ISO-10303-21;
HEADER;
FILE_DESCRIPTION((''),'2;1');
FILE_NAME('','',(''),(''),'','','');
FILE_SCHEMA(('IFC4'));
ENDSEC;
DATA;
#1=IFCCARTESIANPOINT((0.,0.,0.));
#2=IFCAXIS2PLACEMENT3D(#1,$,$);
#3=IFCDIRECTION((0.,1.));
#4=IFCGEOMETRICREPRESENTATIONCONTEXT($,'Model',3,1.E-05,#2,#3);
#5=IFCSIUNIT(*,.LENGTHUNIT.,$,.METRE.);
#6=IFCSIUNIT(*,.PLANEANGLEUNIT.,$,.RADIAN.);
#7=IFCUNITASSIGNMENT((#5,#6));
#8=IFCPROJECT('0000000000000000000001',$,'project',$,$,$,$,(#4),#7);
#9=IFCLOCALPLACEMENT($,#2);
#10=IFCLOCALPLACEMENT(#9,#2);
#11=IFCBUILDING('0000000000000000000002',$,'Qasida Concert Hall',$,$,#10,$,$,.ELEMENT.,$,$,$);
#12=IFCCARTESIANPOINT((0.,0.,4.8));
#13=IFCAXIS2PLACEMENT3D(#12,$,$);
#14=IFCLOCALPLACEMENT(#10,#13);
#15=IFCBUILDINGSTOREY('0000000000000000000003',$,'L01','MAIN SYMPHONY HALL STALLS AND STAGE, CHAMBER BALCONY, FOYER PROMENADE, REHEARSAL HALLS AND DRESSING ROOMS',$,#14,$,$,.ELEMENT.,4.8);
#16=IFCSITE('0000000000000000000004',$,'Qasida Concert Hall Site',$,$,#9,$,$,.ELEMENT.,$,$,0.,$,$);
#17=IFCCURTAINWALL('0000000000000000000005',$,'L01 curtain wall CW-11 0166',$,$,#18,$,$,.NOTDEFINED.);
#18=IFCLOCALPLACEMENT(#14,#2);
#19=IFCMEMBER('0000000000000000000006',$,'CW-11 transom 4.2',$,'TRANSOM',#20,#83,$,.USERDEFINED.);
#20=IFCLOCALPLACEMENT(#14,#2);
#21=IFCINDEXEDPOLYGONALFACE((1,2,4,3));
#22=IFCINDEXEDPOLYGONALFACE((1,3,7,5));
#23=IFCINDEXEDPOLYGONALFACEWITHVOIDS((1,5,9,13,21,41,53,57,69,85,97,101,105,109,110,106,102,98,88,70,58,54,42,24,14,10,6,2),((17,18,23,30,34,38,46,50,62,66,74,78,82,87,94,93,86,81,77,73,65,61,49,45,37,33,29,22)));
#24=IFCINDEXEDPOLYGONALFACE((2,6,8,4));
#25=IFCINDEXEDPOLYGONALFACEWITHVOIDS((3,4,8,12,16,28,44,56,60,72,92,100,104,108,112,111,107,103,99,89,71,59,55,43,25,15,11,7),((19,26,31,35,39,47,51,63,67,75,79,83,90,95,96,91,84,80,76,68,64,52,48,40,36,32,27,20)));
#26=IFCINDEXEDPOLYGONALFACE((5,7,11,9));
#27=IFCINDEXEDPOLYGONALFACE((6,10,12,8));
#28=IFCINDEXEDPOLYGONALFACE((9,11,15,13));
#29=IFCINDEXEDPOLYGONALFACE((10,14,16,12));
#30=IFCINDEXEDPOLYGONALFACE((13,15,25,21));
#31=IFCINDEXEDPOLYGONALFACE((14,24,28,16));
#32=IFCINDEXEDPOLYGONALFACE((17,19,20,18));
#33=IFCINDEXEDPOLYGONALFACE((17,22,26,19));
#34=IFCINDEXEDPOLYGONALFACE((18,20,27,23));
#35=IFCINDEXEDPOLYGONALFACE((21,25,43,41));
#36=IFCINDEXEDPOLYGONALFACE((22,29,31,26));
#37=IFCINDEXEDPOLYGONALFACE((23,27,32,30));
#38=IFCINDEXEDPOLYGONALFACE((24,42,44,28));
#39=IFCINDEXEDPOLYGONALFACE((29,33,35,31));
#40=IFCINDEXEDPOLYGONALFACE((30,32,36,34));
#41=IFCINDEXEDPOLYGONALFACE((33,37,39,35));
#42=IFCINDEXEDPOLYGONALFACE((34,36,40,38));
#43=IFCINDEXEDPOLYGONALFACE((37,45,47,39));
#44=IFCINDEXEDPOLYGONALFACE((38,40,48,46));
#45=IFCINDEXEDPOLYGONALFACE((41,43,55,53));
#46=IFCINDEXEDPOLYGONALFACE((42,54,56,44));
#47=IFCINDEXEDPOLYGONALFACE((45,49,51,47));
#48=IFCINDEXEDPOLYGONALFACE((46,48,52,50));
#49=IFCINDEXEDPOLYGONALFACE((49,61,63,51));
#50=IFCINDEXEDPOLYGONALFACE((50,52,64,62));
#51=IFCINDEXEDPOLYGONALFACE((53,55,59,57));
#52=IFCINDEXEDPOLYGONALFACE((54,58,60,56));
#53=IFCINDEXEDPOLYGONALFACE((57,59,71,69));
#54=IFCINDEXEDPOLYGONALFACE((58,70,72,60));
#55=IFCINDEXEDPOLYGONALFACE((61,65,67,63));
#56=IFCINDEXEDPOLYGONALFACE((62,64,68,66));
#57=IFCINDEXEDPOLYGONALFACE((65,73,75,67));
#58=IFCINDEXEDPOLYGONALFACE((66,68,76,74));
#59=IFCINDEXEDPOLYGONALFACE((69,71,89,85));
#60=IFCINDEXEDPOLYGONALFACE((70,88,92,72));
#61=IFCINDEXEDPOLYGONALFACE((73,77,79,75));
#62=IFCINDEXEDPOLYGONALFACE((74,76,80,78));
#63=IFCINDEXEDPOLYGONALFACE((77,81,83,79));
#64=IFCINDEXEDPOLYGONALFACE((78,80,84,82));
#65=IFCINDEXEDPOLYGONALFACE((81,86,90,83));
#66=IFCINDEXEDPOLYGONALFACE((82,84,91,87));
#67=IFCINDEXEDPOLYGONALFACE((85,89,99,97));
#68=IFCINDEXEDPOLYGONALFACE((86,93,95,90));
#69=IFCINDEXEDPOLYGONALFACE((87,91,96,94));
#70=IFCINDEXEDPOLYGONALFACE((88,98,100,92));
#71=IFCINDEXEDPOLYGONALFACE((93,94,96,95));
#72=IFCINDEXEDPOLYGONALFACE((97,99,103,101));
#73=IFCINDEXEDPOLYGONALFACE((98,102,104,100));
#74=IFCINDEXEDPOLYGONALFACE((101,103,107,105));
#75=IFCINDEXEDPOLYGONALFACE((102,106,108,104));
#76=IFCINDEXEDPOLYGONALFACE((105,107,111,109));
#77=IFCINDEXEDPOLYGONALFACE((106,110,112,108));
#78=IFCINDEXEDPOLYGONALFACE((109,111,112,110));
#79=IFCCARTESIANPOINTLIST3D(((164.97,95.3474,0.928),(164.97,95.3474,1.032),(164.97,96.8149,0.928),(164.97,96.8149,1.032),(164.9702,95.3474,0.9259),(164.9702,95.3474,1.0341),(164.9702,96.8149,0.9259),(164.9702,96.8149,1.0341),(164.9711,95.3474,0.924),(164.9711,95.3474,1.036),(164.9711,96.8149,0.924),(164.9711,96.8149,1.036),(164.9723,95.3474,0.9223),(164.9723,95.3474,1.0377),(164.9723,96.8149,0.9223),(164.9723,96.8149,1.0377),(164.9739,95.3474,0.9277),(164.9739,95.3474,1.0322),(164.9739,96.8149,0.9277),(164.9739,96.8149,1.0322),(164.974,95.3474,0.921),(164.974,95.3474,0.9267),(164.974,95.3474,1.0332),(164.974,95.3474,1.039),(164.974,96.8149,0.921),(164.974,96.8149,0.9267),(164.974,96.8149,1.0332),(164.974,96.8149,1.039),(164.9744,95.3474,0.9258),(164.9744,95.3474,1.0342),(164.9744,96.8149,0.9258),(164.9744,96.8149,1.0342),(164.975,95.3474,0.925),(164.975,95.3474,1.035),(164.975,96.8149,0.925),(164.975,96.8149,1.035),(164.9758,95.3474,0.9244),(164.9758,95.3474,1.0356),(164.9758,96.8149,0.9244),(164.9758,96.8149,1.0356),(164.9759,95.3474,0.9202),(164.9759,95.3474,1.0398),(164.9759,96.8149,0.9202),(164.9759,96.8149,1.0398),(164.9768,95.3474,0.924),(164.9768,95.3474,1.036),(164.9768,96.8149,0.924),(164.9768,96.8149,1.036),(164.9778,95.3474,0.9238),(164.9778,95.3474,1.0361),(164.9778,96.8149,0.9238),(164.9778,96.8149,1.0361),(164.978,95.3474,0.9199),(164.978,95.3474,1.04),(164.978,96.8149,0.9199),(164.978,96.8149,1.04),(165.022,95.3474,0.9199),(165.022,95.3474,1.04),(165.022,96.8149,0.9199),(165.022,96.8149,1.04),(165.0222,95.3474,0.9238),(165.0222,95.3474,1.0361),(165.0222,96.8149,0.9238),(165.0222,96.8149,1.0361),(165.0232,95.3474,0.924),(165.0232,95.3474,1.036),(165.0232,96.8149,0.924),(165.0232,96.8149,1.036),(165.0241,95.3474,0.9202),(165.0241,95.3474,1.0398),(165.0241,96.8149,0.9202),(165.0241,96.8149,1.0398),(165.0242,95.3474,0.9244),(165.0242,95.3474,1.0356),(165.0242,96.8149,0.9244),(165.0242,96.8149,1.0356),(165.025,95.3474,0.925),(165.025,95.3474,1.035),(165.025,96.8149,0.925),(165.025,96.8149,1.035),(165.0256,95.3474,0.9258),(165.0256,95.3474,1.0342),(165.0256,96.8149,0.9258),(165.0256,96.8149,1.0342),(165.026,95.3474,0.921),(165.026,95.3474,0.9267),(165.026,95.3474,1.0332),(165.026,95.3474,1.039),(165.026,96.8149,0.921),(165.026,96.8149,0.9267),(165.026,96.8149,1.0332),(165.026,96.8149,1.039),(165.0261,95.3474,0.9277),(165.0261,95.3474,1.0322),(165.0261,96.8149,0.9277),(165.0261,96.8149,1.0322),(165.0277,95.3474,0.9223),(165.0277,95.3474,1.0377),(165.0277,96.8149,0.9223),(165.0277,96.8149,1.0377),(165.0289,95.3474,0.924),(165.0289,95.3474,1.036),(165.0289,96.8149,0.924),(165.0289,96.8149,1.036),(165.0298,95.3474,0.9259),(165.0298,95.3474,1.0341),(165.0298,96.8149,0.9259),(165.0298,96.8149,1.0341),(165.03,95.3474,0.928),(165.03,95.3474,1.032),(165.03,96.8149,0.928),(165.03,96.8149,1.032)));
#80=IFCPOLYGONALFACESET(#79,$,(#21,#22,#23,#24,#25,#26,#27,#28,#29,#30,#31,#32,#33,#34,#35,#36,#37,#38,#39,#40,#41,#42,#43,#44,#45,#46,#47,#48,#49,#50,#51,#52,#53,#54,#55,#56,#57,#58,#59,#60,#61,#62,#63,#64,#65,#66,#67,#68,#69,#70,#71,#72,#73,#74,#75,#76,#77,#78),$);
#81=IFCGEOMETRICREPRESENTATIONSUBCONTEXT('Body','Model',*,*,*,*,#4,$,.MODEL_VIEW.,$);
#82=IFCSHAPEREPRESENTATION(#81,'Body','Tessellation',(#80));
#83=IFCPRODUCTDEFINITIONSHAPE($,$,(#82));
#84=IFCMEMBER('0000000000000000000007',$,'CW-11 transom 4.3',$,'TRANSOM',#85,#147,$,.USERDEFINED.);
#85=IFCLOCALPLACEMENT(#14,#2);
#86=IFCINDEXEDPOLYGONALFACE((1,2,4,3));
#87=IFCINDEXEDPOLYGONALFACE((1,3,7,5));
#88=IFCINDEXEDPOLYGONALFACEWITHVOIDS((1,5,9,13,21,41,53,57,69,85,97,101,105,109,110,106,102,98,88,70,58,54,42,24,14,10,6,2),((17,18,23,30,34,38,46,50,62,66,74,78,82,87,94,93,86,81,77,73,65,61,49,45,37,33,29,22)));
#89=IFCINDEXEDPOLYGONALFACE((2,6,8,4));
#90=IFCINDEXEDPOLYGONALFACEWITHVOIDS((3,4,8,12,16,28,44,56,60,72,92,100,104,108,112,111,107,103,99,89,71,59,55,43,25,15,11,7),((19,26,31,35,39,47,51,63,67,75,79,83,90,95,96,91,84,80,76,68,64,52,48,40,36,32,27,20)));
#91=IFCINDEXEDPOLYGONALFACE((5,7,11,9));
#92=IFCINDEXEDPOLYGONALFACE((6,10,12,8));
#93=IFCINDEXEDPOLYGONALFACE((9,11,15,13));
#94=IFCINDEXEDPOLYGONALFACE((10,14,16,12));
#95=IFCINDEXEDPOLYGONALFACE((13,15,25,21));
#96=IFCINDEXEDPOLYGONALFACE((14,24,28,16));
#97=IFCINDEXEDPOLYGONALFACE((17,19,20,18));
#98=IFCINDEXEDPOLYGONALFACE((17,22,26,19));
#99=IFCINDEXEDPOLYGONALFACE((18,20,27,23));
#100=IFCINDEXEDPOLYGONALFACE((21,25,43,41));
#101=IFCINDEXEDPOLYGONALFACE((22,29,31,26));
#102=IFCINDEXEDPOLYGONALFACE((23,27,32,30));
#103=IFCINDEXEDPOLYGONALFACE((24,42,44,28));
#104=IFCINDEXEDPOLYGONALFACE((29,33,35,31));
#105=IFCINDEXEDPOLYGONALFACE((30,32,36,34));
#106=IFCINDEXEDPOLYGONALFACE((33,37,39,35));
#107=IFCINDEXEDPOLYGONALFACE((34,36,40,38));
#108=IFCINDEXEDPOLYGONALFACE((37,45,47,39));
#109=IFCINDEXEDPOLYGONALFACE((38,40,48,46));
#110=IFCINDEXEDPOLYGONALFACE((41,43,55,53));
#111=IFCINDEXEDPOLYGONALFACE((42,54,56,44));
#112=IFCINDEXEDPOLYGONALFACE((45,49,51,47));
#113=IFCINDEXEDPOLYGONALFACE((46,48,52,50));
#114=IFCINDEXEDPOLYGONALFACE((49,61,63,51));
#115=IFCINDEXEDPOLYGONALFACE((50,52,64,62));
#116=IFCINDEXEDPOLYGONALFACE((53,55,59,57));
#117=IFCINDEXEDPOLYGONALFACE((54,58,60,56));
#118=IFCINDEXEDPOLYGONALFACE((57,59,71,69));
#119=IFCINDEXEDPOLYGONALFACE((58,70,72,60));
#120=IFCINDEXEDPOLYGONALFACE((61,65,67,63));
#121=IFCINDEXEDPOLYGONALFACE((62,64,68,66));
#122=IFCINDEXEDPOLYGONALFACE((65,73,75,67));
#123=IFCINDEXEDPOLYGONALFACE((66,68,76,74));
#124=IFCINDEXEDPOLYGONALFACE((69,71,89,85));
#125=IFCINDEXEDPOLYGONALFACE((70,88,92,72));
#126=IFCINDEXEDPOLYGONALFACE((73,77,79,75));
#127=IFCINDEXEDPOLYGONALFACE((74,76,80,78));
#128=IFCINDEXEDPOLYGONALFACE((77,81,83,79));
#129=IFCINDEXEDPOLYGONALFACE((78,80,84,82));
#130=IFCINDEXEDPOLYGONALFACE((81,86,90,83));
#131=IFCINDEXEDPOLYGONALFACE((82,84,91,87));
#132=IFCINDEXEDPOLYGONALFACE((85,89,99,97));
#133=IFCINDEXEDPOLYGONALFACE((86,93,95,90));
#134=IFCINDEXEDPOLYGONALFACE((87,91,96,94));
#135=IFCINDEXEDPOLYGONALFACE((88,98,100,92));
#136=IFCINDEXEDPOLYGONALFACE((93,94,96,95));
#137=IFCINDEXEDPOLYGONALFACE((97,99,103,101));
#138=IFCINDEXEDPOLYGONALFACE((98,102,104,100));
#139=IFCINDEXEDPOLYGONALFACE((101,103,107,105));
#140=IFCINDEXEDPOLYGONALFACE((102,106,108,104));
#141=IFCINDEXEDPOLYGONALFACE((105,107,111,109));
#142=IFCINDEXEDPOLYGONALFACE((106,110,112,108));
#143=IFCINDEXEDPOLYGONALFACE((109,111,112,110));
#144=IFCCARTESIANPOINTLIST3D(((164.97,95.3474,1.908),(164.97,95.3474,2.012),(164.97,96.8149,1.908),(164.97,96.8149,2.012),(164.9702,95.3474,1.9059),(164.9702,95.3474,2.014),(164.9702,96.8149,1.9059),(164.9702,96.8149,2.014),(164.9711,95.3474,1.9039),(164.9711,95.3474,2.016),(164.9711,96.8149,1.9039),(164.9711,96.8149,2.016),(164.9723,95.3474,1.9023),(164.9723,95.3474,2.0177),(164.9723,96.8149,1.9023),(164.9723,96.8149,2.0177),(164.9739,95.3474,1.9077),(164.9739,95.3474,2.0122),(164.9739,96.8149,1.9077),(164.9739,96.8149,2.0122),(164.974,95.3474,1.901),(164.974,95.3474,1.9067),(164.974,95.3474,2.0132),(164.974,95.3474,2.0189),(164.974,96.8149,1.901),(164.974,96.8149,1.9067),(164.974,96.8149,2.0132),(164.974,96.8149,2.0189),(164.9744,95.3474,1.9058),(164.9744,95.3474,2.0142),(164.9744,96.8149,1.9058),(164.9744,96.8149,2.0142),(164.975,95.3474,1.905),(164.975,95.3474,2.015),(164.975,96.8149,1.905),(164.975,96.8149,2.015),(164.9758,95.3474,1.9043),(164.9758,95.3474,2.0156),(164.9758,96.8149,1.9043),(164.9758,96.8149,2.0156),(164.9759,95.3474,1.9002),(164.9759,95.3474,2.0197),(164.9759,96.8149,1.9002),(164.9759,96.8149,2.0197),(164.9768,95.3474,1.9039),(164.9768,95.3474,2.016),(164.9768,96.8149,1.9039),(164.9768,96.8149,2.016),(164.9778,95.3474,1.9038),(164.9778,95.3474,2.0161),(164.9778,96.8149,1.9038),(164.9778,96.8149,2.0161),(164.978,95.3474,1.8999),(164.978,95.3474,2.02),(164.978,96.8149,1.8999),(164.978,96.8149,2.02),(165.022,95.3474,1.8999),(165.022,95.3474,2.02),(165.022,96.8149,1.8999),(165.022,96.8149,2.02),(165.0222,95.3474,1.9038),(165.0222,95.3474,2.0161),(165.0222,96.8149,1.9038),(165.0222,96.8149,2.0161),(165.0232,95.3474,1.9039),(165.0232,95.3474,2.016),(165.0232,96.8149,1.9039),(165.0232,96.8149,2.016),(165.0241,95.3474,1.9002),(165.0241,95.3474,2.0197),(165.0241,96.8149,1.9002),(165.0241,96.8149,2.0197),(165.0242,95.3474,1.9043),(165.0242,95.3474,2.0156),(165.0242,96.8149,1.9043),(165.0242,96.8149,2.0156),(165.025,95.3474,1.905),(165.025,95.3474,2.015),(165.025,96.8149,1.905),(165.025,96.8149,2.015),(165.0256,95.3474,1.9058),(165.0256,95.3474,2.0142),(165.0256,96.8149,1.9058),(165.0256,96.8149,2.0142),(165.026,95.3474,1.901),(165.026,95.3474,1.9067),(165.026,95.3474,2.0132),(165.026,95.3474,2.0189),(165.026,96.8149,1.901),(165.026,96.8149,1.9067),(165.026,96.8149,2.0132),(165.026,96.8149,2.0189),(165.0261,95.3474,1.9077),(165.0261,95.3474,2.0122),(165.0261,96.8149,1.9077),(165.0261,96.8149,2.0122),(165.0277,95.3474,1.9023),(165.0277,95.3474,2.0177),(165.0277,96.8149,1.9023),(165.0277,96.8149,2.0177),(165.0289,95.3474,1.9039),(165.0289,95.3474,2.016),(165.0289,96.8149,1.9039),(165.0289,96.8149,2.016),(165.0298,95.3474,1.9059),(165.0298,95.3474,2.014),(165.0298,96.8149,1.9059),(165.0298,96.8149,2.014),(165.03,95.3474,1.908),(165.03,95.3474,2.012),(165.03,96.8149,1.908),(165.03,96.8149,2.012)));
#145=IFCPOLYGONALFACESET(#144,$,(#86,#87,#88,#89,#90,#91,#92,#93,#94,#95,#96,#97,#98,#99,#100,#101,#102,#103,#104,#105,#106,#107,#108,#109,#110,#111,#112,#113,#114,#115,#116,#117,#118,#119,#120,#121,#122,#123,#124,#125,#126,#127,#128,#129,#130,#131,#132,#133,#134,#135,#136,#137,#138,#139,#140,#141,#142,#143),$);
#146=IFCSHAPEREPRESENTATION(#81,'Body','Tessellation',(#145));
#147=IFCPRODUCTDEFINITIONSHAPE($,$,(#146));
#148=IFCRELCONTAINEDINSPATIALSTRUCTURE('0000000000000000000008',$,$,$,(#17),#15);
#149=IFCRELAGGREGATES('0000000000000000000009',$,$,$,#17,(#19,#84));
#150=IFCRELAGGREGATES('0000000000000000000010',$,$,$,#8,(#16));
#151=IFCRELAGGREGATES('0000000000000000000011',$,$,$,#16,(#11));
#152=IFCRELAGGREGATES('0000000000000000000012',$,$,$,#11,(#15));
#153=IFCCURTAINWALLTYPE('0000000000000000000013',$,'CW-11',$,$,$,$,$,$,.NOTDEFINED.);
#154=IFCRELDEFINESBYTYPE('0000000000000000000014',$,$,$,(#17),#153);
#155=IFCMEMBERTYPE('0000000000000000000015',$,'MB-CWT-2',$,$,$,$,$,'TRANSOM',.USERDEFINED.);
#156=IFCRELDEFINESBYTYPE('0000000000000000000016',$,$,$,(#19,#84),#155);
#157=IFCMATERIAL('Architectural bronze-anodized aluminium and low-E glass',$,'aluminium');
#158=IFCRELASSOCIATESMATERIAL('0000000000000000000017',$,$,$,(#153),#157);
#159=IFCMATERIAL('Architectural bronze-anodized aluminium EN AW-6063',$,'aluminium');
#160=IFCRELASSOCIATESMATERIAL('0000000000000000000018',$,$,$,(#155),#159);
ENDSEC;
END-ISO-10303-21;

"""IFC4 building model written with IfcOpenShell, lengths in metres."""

from ifc_helpers import new_model, si_unit, direction, frame, origin, origin_2d, place, context, subcontext, project, spatial, hollow_rectangle, extrude, material, material_profile, profile_set, type_object, element, aggregate, save


model = new_model("IFC4")

# Units and contexts
model_context = context("Model", 3, precision=1e-05, world=origin(), true_north=direction((0.0, 1.0)))
body_context = subcontext(model_context, "Body", "Model", "MODEL_VIEW")
ifc_project = project(units=[si_unit("LENGTHUNIT", "METRE"), si_unit("PLANEANGLEUNIT", "RADIAN")], contexts=[model_context])

# Site, building, storey
site_placement = place(None, origin())
site = spatial("IfcSite", under=ifc_project, at=site_placement, Name="Qasida Concert Hall Site", CompositionType="ELEMENT", RefElevation=0.0)
building_placement = place(site_placement, origin())
building = spatial("IfcBuilding", under=site, at=building_placement, Name="Qasida Concert Hall", CompositionType="ELEMENT")
storey_placement = place(building_placement, frame((0.0, 0.0, 4.8)))
storey = spatial("IfcBuildingStorey", under=building, at=storey_placement, Name="L01", Description="MAIN SYMPHONY HALL STALLS AND STAGE, CHAMBER BALCONY, FOYER PROMENADE, REHEARSAL HALLS AND DRESSING ROOMS", CompositionType="ELEMENT", Elevation=4.8)

# Curtain wall, members
ifc_material_1 = material(Name="Architectural bronze-anodized aluminium and low-E glass", Category="aluminium")
curtain_wall_type = type_object("IfcCurtainWallType", Name="CW-11", PredefinedType="NOTDEFINED", material=ifc_material_1)
curtain_wall_placement = place(storey_placement, origin())
curtain_wall = element("IfcCurtainWall", 1, at=curtain_wall_placement, inside=storey, type_object=curtain_wall_type, Name="L01 curtain wall CW-11 0166", PredefinedType="NOTDEFINED")
ifc_material_2 = material(Name="Architectural bronze-anodized aluminium EN AW-6063", Category="aluminium")
ifc_material_profile_1 = material_profile(ifc_material_2, hollow_rectangle(XDim=0.0601, YDim=0.1201, WallThickness=0.0039, InnerFilletRadius=0.0039, OuterFilletRadius=0.0081, at=origin_2d()), Name="CWT 120x60x4")
ifc_profile_set_1 = profile_set([ifc_material_profile_1], Name="Architectural bronze-anodized aluminium EN AW-6063")
member_type_1 = type_object("IfcMemberType", Name="MB-CWT-2", ElementType="TRANSOM", PredefinedType="USERDEFINED", material=ifc_profile_set_1)
member_1_placement = place(storey_placement, frame((165.0, 95.3474, 0.98), z_axis=(0.0, 1.0, 0.0), x_axis=(-1.0, 0.0, 0.0)))
member_1 = element("IfcMember", 2, at=member_1_placement, type_object=member_type_1, Name="CW-11 transom 4.2", ObjectType="TRANSOM", PredefinedType="USERDEFINED", context=body_context, shape_type="SweptSolid", body=[
    extrude(hollow_rectangle(XDim=0.0601, YDim=0.1201, WallThickness=0.0039, InnerFilletRadius=0.0039, OuterFilletRadius=0.0081, at=origin_2d()), origin(), (0.0, 0.0, 1.0), 1.4675),
])
member_2_placement = place(storey_placement, frame((165.0, 95.3474, 1.96), z_axis=(0.0, 1.0, 0.0), x_axis=(-1.0, 0.0, 0.0)))
member_2 = element("IfcMember", 3, at=member_2_placement, type_object=member_type_1, Name="CW-11 transom 4.3", ObjectType="TRANSOM", PredefinedType="USERDEFINED", context=body_context, shape_type="SweptSolid", body=[
    extrude(hollow_rectangle(XDim=0.0601, YDim=0.1201, WallThickness=0.0039, InnerFilletRadius=0.0039, OuterFilletRadius=0.0081, at=origin_2d()), origin(), (0.0, 0.0, 1.0), 1.4675),
])
aggregate(curtain_wall, [member_1, member_2])

save(model, "model.ifc")
